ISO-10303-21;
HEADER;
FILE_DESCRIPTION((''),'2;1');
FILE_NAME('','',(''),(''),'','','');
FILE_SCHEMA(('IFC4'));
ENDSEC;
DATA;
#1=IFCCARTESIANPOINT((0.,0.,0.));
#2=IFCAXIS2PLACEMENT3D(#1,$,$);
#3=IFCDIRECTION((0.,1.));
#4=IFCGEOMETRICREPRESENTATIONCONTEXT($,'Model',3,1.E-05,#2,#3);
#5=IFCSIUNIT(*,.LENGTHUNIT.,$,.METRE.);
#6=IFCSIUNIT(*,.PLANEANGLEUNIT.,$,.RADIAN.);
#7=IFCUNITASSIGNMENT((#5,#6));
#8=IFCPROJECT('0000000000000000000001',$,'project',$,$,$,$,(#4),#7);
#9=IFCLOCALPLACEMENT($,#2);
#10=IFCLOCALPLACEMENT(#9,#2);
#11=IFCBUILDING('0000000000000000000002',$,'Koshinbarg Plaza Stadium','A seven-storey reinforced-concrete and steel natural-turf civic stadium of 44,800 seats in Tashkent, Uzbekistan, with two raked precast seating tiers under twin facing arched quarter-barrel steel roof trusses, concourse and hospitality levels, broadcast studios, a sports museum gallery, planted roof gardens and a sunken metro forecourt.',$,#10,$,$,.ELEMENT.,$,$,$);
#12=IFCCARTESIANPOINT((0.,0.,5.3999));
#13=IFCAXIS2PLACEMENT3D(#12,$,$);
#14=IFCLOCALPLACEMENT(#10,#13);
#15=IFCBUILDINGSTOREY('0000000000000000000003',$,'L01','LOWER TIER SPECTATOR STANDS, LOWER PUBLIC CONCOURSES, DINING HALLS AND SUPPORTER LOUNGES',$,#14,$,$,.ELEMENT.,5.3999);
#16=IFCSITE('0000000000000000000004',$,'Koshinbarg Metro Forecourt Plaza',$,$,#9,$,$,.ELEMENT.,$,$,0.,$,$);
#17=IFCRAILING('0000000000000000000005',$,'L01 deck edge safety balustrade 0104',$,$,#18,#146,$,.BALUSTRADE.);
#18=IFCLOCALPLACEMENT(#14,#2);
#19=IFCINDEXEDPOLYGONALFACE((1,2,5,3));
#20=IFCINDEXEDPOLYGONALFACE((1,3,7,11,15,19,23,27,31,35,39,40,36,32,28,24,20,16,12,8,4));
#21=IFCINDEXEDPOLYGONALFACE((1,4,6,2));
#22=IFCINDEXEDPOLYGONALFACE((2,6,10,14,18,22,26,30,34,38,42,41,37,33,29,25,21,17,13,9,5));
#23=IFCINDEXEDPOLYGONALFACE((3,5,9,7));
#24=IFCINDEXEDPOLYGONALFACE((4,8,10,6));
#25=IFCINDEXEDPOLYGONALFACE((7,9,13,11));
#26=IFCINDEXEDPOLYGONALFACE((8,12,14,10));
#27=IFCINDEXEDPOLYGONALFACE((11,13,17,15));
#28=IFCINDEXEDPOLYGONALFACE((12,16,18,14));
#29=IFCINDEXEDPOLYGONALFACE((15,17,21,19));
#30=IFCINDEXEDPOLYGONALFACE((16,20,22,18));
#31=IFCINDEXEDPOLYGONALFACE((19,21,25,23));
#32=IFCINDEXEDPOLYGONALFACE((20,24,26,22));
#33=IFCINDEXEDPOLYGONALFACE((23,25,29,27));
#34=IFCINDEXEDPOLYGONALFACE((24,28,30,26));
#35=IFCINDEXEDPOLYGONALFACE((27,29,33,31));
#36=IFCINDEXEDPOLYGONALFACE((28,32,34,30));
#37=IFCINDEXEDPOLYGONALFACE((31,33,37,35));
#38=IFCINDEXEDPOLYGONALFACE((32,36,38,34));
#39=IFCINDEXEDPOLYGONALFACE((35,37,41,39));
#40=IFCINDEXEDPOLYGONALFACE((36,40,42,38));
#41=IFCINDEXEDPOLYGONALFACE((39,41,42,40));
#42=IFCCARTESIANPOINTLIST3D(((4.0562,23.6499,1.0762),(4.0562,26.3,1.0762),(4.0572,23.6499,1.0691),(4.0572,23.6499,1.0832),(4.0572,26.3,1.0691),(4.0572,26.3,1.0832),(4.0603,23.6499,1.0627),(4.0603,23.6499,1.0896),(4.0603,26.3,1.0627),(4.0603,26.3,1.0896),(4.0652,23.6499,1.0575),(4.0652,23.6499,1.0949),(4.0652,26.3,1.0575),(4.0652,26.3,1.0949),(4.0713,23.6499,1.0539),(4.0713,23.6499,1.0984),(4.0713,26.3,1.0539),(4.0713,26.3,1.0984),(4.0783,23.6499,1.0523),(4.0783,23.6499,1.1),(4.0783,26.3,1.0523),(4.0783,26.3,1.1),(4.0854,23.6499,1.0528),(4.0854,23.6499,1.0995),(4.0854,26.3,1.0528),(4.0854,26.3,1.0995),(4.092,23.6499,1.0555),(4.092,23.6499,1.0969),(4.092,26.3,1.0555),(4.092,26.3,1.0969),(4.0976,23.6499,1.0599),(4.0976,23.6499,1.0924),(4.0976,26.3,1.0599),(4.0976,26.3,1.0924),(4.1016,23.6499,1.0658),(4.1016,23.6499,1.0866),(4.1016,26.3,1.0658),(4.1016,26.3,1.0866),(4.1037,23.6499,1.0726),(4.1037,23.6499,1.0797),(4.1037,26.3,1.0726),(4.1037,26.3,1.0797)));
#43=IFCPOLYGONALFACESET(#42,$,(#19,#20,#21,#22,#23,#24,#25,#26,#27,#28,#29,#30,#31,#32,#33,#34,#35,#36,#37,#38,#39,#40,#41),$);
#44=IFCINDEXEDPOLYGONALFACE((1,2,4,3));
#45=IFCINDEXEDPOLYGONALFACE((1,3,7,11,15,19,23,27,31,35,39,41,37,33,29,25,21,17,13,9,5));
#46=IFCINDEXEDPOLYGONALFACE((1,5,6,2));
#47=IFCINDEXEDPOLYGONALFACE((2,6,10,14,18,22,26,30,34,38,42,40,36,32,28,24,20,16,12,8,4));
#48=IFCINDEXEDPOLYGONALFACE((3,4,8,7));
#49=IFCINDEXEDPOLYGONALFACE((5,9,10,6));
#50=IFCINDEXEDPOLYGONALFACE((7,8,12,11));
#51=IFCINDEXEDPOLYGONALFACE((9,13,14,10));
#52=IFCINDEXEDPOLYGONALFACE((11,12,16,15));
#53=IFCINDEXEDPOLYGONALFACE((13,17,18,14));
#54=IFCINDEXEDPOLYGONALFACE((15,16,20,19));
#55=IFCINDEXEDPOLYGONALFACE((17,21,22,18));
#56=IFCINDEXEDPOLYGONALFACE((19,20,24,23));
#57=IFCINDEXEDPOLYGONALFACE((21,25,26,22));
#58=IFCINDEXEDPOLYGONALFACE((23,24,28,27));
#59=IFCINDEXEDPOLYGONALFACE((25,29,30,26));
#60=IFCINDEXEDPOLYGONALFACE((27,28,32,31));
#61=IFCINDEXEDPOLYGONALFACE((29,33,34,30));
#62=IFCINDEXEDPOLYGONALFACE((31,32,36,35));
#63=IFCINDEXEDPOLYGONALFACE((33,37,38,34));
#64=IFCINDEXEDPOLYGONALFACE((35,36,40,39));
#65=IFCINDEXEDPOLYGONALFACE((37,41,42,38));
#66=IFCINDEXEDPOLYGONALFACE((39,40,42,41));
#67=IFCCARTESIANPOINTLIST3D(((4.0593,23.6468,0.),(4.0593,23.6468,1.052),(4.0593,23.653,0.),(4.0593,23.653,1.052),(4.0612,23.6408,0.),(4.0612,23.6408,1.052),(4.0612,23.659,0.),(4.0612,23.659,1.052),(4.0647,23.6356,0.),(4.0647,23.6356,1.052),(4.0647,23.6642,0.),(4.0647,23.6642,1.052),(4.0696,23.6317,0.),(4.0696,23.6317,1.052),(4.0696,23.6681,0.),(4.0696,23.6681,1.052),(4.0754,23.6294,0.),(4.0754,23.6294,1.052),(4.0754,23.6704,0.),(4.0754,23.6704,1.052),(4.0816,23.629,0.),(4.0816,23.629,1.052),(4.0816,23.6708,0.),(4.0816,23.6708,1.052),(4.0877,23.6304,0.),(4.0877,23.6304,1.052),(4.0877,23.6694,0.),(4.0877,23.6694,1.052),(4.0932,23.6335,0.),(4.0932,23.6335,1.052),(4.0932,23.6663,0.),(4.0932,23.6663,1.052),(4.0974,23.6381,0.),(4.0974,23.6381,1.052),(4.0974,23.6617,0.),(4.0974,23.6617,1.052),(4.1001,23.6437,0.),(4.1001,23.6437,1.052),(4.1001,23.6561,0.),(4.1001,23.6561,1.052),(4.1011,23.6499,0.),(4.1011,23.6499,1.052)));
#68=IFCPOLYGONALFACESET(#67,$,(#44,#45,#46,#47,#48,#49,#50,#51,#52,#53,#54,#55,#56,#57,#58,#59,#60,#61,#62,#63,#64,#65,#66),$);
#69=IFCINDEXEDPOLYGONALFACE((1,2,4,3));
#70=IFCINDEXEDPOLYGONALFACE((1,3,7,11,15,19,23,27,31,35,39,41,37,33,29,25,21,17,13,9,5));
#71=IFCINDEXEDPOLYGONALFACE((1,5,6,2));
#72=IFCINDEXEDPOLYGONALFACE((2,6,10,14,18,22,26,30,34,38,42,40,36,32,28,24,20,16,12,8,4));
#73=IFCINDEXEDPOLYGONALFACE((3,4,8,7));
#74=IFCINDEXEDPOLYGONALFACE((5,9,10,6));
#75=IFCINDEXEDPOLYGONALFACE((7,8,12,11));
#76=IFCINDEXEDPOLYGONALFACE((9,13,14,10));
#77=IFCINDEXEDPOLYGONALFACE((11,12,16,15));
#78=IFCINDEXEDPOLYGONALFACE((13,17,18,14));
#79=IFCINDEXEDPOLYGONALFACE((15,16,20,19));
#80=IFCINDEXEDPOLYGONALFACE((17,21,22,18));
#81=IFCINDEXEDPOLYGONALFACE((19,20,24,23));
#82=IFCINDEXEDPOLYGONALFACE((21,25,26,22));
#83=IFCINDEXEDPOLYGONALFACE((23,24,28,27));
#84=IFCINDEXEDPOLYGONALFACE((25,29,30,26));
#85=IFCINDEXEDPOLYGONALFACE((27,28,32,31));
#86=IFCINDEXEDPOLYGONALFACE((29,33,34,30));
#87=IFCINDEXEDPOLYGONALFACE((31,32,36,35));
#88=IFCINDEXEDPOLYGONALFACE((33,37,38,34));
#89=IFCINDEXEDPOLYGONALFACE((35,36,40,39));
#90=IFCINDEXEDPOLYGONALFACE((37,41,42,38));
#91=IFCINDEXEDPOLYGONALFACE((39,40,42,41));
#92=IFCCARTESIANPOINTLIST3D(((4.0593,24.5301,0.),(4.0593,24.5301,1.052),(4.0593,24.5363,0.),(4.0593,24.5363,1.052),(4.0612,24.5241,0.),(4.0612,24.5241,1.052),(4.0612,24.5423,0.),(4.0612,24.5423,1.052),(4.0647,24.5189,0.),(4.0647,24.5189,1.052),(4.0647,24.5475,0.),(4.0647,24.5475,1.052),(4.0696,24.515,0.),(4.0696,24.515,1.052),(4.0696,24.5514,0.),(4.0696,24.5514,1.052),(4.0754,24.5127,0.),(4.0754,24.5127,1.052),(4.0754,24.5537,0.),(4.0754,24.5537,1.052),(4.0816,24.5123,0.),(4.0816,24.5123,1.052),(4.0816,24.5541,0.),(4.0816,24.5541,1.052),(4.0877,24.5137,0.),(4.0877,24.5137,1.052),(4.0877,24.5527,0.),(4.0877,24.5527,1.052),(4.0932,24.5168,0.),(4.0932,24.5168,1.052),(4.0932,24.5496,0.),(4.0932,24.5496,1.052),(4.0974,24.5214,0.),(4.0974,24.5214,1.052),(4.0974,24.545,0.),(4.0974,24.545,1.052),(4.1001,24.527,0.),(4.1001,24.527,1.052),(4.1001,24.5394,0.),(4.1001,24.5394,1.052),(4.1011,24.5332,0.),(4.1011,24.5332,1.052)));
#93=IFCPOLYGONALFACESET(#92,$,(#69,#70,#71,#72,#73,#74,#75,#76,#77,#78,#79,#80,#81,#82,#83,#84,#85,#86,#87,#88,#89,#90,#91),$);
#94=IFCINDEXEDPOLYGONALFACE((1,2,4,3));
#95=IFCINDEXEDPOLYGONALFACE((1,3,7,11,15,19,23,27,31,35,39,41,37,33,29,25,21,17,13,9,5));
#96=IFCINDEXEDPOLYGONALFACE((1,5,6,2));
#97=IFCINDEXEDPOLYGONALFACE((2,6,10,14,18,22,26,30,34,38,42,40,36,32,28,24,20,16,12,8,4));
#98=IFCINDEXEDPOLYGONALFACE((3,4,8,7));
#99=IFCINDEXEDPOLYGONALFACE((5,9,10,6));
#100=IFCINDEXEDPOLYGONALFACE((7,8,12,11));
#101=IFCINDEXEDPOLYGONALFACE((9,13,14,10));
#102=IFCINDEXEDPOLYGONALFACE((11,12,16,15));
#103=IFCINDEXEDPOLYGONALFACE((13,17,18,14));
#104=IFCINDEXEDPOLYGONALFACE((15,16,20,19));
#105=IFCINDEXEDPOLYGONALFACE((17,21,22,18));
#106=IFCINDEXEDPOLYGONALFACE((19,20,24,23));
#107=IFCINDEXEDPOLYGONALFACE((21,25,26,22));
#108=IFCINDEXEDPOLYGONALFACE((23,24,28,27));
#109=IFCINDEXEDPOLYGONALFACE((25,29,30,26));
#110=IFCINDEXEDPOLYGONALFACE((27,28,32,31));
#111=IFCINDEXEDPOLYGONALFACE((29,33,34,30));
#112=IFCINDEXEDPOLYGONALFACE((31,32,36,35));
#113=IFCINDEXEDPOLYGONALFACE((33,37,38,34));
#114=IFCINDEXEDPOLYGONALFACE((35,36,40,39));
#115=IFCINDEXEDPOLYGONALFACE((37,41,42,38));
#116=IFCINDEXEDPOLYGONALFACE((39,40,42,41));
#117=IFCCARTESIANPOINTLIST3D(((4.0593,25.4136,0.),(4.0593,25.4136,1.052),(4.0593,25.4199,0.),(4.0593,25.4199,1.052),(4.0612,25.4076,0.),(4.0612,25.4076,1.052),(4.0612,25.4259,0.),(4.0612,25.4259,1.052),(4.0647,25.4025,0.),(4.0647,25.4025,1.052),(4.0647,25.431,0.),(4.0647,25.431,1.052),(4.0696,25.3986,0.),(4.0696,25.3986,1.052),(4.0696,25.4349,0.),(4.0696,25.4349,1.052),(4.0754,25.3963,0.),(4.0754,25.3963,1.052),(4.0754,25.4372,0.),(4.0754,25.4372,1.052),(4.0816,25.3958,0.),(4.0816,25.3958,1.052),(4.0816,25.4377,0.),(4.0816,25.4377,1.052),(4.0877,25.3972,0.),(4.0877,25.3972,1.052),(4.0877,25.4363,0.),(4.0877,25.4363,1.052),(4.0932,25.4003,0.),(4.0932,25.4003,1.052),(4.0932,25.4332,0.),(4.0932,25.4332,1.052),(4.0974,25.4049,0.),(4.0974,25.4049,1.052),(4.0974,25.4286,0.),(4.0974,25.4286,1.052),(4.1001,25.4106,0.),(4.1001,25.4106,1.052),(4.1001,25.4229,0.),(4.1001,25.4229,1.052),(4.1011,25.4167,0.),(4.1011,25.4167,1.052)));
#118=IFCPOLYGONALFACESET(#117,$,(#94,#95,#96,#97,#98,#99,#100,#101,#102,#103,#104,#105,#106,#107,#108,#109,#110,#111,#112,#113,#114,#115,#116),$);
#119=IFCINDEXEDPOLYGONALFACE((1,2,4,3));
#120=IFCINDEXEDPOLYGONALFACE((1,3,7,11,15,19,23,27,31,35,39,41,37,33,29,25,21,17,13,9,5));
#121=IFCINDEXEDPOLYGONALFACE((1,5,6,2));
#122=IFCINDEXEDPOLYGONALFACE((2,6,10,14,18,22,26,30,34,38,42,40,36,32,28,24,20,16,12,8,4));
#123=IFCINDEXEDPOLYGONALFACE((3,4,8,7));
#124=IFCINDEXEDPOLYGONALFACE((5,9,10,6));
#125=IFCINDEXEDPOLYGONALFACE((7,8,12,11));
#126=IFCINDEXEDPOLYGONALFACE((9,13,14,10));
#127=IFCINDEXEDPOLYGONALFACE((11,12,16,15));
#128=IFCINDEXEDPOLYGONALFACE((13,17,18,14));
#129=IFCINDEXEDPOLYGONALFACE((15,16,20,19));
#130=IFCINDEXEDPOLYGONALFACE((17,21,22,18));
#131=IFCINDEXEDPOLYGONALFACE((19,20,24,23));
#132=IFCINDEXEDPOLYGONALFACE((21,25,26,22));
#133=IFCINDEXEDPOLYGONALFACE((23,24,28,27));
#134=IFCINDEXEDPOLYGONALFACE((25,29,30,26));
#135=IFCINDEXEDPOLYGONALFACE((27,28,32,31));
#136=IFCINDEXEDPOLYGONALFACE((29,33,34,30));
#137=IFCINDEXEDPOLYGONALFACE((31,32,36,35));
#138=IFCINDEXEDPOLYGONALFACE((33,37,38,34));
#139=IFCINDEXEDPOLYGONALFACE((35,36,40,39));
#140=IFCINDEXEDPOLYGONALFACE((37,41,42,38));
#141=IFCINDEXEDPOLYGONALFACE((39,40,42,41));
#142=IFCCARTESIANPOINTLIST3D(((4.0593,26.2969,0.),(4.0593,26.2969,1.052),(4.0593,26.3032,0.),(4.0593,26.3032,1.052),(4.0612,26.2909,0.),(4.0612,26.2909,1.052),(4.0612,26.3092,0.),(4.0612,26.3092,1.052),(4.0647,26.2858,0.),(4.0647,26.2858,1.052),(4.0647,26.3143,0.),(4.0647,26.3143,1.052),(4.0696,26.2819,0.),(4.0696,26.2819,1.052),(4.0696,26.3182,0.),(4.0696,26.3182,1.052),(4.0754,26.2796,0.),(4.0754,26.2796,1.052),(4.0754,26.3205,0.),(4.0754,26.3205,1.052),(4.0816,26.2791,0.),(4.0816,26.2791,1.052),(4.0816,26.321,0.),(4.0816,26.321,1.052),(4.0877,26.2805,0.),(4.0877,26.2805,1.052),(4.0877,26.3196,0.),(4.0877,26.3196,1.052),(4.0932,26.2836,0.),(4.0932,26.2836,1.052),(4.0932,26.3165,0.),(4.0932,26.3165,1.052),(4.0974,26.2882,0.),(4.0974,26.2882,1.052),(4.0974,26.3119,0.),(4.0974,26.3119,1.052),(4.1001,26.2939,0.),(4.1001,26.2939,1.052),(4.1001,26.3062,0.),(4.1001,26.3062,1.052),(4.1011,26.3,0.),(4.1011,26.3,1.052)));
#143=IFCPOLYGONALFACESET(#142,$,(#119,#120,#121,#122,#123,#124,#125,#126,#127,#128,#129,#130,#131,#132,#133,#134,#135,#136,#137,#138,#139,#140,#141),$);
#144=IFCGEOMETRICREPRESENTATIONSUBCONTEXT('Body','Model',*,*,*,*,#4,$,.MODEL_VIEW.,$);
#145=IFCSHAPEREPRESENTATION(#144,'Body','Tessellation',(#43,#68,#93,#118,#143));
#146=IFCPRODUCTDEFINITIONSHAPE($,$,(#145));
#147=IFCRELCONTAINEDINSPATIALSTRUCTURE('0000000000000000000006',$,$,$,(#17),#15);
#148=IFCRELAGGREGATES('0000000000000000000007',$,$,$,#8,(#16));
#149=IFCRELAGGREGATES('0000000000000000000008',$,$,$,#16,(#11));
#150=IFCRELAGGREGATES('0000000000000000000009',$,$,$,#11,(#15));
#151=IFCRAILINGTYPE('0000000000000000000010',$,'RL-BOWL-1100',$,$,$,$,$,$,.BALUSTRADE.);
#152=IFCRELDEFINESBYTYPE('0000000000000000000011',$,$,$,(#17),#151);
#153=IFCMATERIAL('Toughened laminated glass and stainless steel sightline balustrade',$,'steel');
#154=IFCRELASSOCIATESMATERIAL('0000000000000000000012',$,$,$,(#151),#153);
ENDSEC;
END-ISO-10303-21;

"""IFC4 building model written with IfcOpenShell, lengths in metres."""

from ifc_helpers import new_model, si_unit, direction, frame, origin, origin_2d, place, context, subcontext, project, spatial, circle, extrude, material, type_object, element, save


model = new_model("IFC4")

# Units and contexts
model_context = context("Model", 3, precision=1e-05, world=origin(), true_north=direction((0.0, 1.0)))
body_context = subcontext(model_context, "Body", "Model", "MODEL_VIEW")
ifc_project = project(units=[si_unit("LENGTHUNIT", "METRE"), si_unit("PLANEANGLEUNIT", "RADIAN")], contexts=[model_context])

# Site, building, storey
site_placement = place(None, origin())
site = spatial("IfcSite", under=ifc_project, at=site_placement, Name="Koshinbarg Metro Forecourt Plaza", CompositionType="ELEMENT", RefElevation=0.0)
building_placement = place(site_placement, origin())
building = spatial("IfcBuilding", under=site, at=building_placement, Name="Koshinbarg Plaza Stadium", Description="A seven-storey reinforced-concrete and steel natural-turf civic stadium of 44,800 seats in Tashkent, Uzbekistan, with two raked precast seating tiers under twin facing arched quarter-barrel steel roof trusses, concourse and hospitality levels, broadcast studios, a sports museum gallery, planted roof gardens and a sunken metro forecourt.", CompositionType="ELEMENT")
storey_placement = place(building_placement, frame((0.0, 0.0, 5.3999)))
storey = spatial("IfcBuildingStorey", under=building, at=storey_placement, Name="L01", Description="LOWER TIER SPECTATOR STANDS, LOWER PUBLIC CONCOURSES, DINING HALLS AND SUPPORTER LOUNGES", CompositionType="ELEMENT", Elevation=5.3999)

# Railing
ifc_material_1 = material(Name="Toughened laminated glass and stainless steel sightline balustrade", Category="steel")
railing_type = type_object("IfcRailingType", Name="RL-BOWL-1100", PredefinedType="BALUSTRADE", material=ifc_material_1)
railing_1_placement = place(storey_placement, frame((4.0801, 23.6499, 0.0)))
element("IfcRailing", 1, at=railing_1_placement, inside=storey, type_object=railing_type, Name="L01 deck edge safety balustrade 0104", PredefinedType="BALUSTRADE", context=body_context, shape_type="SweptSolid", body=[
    extrude(circle(Radius=0.0239, at=origin_2d()), frame((0.0, 0.0, 1.0762), z_axis=(0.0, 1.0, 0.0), x_axis=(-1.0, 0.0, 0.0)), (0.0, 0.0, 1.0), 2.6501),
    extrude(circle(Radius=0.021, at=origin_2d()), origin(), (0.0, 0.0, 1.0), 1.052),
    extrude(circle(Radius=0.021, at=origin_2d()), frame((0.0, 0.8833, 0.0)), (0.0, 0.0, 1.0), 1.052),
    extrude(circle(Radius=0.021, at=origin_2d()), frame((0.0, 1.7668, 0.0)), (0.0, 0.0, 1.0), 1.052),
    extrude(circle(Radius=0.021, at=origin_2d()), frame((0.0, 2.6501, 0.0)), (0.0, 0.0, 1.0), 1.052),
])

save(model, "model.ifc")
